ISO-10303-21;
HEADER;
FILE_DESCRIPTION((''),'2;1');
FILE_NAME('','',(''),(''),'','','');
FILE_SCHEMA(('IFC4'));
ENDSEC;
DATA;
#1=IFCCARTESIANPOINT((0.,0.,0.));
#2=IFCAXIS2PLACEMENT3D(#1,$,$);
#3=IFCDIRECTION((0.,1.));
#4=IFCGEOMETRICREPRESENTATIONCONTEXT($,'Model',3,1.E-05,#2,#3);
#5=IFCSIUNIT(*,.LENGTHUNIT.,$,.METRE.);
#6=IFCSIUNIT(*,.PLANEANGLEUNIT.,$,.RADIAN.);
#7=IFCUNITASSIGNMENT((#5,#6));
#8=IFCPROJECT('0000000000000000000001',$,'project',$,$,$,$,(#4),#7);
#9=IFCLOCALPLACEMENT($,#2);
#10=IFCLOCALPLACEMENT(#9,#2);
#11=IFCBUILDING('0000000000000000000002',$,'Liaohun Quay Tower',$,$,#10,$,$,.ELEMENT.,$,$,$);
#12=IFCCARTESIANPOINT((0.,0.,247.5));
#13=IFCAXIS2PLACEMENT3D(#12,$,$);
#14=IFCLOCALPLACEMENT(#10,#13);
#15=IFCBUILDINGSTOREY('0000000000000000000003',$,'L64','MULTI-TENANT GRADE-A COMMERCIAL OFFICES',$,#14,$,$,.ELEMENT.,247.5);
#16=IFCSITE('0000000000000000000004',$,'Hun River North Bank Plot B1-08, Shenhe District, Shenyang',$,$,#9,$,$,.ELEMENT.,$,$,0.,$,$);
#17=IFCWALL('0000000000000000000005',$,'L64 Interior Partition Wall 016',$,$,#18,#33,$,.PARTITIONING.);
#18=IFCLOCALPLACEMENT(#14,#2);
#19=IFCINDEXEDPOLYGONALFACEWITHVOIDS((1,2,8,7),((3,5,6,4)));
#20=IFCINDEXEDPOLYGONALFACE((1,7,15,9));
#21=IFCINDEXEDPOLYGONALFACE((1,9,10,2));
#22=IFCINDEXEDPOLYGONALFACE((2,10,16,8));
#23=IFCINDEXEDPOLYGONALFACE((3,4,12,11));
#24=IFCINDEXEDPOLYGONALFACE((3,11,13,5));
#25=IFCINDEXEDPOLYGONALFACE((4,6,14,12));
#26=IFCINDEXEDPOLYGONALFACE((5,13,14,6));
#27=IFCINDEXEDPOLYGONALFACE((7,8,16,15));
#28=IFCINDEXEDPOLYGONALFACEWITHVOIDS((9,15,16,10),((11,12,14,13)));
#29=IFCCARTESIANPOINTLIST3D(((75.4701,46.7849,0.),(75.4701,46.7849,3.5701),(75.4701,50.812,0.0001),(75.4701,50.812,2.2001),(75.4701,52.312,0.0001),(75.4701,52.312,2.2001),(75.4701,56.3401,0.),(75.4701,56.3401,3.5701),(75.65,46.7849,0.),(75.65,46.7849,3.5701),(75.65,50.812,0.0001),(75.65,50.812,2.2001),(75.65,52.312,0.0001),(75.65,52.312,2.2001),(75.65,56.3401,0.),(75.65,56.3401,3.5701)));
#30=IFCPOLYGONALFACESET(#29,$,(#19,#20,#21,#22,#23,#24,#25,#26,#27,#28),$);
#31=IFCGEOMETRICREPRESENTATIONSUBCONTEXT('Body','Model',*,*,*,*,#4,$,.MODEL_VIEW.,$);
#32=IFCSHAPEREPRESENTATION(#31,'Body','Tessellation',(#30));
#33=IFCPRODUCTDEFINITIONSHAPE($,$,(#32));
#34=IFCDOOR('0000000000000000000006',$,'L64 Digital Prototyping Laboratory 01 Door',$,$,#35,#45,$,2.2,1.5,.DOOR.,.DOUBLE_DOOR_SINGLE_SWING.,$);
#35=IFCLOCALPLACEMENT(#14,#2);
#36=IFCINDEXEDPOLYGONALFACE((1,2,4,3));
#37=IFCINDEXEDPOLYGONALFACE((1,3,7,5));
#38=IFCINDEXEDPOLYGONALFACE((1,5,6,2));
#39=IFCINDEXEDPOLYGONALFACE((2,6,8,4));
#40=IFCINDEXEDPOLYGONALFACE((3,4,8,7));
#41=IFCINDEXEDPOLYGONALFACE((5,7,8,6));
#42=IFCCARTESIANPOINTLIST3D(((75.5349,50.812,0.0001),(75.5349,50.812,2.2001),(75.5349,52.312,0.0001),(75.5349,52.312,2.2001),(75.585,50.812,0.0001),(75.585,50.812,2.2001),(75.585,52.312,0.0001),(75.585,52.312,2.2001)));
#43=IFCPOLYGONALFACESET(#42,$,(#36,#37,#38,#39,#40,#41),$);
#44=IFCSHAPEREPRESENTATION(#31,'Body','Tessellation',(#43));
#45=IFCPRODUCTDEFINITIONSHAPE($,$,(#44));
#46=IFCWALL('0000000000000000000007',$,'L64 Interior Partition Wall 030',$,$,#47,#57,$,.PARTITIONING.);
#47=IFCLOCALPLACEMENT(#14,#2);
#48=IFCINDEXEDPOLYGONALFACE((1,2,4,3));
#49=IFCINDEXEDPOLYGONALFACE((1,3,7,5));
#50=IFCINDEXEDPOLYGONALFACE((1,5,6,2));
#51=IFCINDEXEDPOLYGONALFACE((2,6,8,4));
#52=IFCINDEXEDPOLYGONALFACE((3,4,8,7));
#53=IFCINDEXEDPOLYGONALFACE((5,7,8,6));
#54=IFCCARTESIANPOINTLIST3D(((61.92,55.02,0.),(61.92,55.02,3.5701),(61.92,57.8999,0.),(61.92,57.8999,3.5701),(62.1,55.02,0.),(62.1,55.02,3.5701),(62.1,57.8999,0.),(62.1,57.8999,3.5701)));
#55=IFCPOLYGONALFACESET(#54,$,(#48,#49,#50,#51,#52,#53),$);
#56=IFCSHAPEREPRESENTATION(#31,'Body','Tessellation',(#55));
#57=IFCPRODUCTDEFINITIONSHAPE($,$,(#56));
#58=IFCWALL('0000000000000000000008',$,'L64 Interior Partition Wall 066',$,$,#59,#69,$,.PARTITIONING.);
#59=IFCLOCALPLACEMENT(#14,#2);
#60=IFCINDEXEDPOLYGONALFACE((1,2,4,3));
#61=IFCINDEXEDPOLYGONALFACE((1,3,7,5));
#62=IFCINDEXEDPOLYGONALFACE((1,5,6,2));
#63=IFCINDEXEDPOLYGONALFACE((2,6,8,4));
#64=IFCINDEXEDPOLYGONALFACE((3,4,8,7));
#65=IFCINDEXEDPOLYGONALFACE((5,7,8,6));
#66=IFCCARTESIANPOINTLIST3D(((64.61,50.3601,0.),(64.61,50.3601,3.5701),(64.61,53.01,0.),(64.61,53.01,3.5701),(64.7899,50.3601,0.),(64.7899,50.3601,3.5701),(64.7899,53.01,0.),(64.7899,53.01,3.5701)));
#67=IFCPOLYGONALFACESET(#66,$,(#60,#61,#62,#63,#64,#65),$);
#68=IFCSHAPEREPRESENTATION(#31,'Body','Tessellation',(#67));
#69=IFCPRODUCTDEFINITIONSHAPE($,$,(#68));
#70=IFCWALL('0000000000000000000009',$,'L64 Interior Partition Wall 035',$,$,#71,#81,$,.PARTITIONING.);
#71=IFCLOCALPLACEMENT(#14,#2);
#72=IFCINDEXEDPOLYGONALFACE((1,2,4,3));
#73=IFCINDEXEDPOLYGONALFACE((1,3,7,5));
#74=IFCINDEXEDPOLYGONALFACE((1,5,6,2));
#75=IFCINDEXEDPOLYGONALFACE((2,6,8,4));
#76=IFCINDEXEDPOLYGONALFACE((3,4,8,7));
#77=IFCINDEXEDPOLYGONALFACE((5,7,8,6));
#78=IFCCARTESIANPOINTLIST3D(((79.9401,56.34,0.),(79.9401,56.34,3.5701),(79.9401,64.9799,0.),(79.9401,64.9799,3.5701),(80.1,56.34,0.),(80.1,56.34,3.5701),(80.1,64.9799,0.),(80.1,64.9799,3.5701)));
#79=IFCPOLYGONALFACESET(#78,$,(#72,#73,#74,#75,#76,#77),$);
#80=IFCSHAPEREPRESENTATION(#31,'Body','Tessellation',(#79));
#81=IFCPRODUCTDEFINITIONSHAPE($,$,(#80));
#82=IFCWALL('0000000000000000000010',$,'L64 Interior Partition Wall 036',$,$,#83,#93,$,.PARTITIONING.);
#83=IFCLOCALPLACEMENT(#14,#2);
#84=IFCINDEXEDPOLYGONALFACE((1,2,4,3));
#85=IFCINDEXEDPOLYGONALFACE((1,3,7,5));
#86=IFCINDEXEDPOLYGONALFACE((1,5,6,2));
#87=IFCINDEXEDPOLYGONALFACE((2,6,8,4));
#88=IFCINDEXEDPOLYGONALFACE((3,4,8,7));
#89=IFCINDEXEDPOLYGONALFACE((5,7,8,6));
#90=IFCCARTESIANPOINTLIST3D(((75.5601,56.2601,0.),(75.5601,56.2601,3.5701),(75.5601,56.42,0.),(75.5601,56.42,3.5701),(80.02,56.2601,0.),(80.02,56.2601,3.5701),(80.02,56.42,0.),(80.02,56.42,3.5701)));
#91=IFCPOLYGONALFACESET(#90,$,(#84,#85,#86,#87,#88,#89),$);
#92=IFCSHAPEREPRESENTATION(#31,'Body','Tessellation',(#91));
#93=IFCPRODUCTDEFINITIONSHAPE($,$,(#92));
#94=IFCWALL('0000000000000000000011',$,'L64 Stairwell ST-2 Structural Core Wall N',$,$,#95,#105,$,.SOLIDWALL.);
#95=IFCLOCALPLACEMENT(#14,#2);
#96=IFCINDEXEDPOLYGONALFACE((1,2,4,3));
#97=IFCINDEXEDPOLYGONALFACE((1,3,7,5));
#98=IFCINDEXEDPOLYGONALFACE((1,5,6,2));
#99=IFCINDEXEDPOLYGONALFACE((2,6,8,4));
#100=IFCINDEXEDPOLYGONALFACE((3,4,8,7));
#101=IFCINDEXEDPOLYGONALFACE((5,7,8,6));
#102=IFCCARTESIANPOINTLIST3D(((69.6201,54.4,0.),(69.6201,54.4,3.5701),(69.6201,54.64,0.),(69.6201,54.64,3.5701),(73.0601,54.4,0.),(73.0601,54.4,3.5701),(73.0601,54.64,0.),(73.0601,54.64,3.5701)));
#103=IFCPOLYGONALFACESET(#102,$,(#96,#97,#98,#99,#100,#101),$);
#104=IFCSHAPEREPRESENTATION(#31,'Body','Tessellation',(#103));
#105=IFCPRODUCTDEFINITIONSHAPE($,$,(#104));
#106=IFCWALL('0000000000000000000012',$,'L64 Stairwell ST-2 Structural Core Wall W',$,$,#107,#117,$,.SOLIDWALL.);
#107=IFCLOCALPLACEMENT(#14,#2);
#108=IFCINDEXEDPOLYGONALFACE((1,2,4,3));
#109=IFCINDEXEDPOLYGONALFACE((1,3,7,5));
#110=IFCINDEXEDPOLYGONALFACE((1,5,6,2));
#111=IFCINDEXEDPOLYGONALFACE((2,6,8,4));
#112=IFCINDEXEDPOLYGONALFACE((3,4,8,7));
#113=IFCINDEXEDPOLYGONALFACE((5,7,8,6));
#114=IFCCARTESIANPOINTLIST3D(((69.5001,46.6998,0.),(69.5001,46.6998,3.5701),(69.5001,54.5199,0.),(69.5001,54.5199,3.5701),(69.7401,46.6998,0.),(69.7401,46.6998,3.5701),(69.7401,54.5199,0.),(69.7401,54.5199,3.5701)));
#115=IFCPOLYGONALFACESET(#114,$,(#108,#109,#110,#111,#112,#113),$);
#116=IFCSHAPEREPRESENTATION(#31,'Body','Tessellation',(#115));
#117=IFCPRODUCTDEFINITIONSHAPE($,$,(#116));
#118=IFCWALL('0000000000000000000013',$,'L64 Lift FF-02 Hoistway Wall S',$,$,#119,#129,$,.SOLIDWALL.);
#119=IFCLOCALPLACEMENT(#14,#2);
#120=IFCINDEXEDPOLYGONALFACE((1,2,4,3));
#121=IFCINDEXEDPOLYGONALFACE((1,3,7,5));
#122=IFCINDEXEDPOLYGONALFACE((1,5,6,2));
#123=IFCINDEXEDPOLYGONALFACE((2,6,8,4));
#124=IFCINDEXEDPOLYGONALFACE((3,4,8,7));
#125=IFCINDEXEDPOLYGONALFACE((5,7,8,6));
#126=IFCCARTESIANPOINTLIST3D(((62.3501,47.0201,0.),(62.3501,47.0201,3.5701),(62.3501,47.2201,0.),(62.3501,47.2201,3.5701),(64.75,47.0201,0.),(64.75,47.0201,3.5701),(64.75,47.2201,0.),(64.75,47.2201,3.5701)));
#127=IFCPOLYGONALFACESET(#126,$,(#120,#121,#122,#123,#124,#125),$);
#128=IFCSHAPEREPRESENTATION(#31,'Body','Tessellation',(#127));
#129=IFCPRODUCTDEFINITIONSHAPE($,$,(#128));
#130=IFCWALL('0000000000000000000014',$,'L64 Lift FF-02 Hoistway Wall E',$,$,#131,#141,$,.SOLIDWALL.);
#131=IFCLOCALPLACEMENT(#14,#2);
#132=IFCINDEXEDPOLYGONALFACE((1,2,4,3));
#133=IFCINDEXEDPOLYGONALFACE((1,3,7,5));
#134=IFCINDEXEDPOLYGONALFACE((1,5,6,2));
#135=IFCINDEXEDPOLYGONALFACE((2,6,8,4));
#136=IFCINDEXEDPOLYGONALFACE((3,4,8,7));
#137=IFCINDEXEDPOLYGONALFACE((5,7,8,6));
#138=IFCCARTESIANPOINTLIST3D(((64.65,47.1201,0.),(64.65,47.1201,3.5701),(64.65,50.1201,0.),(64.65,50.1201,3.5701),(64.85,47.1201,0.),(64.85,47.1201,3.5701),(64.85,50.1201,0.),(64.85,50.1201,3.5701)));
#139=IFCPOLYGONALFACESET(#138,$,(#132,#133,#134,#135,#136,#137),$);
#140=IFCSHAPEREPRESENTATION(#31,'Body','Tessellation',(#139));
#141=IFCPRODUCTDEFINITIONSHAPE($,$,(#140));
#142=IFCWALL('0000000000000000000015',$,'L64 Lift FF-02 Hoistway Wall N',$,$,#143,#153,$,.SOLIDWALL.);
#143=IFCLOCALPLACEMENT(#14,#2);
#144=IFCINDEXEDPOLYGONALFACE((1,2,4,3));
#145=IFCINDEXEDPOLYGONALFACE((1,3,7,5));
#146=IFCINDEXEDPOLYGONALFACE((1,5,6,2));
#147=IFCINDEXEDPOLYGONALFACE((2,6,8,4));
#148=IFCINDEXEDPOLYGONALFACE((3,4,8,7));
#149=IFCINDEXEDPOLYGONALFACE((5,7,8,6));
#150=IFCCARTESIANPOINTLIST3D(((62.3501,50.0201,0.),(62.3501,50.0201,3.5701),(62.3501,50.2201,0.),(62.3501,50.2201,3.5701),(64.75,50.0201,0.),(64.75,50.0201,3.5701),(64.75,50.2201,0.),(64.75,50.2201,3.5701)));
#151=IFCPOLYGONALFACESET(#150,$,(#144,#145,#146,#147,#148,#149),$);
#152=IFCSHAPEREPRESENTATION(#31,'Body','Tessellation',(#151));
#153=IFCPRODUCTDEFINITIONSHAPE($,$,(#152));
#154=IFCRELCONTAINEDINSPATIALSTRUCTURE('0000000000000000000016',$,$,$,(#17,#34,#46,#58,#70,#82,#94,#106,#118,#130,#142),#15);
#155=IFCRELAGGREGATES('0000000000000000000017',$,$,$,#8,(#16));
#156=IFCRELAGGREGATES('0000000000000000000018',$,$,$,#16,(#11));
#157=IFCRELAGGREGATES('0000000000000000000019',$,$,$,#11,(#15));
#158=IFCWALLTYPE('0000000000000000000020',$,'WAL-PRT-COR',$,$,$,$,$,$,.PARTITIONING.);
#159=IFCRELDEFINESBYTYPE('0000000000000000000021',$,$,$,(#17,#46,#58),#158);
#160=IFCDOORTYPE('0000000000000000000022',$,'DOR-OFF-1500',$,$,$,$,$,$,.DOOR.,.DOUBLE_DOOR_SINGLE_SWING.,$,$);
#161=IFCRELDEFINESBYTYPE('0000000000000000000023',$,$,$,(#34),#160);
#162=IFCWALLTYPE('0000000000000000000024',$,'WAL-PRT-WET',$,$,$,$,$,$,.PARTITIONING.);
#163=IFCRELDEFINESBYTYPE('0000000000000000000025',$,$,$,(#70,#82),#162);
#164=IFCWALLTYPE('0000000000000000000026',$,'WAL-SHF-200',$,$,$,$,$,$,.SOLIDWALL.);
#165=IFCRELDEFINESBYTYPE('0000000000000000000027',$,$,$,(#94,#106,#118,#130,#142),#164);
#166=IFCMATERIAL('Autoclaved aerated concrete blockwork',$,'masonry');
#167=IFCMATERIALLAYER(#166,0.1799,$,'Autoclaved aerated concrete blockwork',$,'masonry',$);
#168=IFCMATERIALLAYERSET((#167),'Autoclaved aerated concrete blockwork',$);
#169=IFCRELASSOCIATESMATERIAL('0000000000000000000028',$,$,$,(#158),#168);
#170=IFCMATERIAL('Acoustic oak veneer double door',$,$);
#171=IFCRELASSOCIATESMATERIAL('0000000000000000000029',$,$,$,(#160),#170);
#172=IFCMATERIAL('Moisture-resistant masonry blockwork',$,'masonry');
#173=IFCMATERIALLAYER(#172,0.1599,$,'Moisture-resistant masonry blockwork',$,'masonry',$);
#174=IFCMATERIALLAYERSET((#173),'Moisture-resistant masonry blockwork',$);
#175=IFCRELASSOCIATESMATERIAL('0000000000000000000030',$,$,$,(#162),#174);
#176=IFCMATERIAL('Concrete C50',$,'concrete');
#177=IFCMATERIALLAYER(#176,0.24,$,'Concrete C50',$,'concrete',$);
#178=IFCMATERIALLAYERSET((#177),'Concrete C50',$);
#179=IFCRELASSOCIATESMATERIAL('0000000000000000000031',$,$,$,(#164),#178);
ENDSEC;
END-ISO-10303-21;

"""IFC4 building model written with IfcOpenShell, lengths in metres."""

from ifc_helpers import new_model, si_unit, direction, frame, frame_2d, origin, place, context, subcontext, project, spatial, rectangle, extrude, source, transform, mapped, material, layer, layer_set, type_object, element, fill, save


model = new_model("IFC4")

# Units and contexts
model_context = context("Model", 3, precision=1e-05, world=origin(), true_north=direction((0.0, 1.0)))
body_context = subcontext(model_context, "Body", "Model", "MODEL_VIEW")
ifc_project = project(units=[si_unit("LENGTHUNIT", "METRE"), si_unit("PLANEANGLEUNIT", "RADIAN")], contexts=[model_context])

# Site, building, storey
site_placement = place(None, origin())
site = spatial("IfcSite", under=ifc_project, at=site_placement, Name="Hun River North Bank Plot B1-08, Shenhe District, Shenyang", CompositionType="ELEMENT", RefElevation=0.0)
building_placement = place(site_placement, origin())
building = spatial("IfcBuilding", under=site, at=building_placement, Name="Liaohun Quay Tower", CompositionType="ELEMENT")
storey_placement = place(building_placement, frame((0.0, 0.0, 247.5)))
storey = spatial("IfcBuildingStorey", under=building, at=storey_placement, Name="L64", Description="MULTI-TENANT GRADE-A COMMERCIAL OFFICES", CompositionType="ELEMENT", Elevation=247.5)

# Wall, opening, door
ifc_material_1 = material(Name="Autoclaved aerated concrete blockwork", Category="masonry")
ifc_layer_1 = layer(ifc_material_1, 0.1799, Name="Autoclaved aerated concrete blockwork", Category="masonry")
ifc_layer_set_1 = layer_set([ifc_layer_1], Name="Autoclaved aerated concrete blockwork")
wall_type_1 = type_object("IfcWallType", Name="WAL-PRT-COR", PredefinedType="PARTITIONING", material=ifc_layer_set_1)
wall_1_placement = place(storey_placement, frame((75.5601, 56.3401, 0.0), z_axis=(0.0, 0.0, 1.0), x_axis=(0.0, -1.0, 0.0)))
wall_1 = element("IfcWall", 1, at=wall_1_placement, inside=storey, type_object=wall_type_1, Name="L64 Interior Partition Wall 016", PredefinedType="PARTITIONING", context=body_context, shape_type="SweptSolid", body=[
    extrude(rectangle(XDim=9.5552, YDim=0.1799, at=frame_2d((4.7776, 0.0))), origin(), (0.0, 0.0, 1.0), 3.5701),
])
shared_shape_1 = source(origin(), body_context, "Body", "SweptSolid", [
    extrude(rectangle(XDim=1.5, YDim=2.2, at=frame_2d((0.75, 1.1001))), frame((0.0, 0.0999, 0.0), z_axis=(0.0, -1.0, 0.0), x_axis=(1.0, 0.0, 0.0)), (0.0, 0.0, 1.0), 0.2),
])
opening_1_placement = place(wall_1_placement, frame((4.0281, 0.0, 0.0)))
opening_1 = element("IfcOpeningElement", 2, at=opening_1_placement, cuts=wall_1, PredefinedType="OPENING", context=body_context, shape_type="MappedRepresentation", body=[
    mapped(shared_shape_1, transform((0.0, 0.0, 0.0), x_axis=(1.0, 0.0, 0.0), y_axis=(0.0, 1.0, 0.0), z_axis=(0.0, 0.0, 1.0), scale=1.0)),
])
ifc_material_2 = material(Name="Acoustic oak veneer double door")
door_type_1 = type_object("IfcDoorType", Name="DOR-OFF-1500", OperationType="DOUBLE_DOOR_SINGLE_SWING", PredefinedType="DOOR", material=ifc_material_2)
shared_shape_2 = source(origin(), body_context, "Body", "SweptSolid", [
    extrude(rectangle(XDim=1.5, YDim=2.2, at=frame_2d((0.75, 1.1001))), frame((0.0, 0.0249, 0.0), z_axis=(0.0, -1.0, 0.0), x_axis=(1.0, 0.0, 0.0)), (0.0, 0.0, 1.0), 0.05),
])
door_1_placement = place(opening_1_placement, origin())
door_1 = element("IfcDoor", 3, at=door_1_placement, inside=storey, type_object=door_type_1, Name="L64 Digital Prototyping Laboratory 01 Door", OperationType="DOUBLE_DOOR_SINGLE_SWING", OverallHeight=2.2, OverallWidth=1.5, PredefinedType="DOOR", context=body_context, shape_type="MappedRepresentation", body=[
    mapped(shared_shape_2, transform((0.0, 0.0, 0.0), x_axis=(1.0, 0.0, 0.0), y_axis=(0.0, 1.0, 0.0), z_axis=(0.0, 0.0, 1.0), scale=1.0)),
])
fill(opening_1, door_1)

# Walls
wall_2_placement = place(storey_placement, frame((62.01, 55.02, 0.0), z_axis=(0.0, 0.0, 1.0), x_axis=(0.0, 1.0, 0.0)))
element("IfcWall", 4, at=wall_2_placement, inside=storey, type_object=wall_type_1, Name="L64 Interior Partition Wall 030", PredefinedType="PARTITIONING", context=body_context, shape_type="SweptSolid", body=[
    extrude(rectangle(XDim=2.8799, YDim=0.1799, at=frame_2d((1.4399, 0.0))), origin(), (0.0, 0.0, 1.0), 3.5701),
])
wall_3_placement = place(storey_placement, frame((64.7, 50.3601, 0.0), z_axis=(0.0, 0.0, 1.0), x_axis=(0.0, 1.0, 0.0)))
element("IfcWall", 5, at=wall_3_placement, inside=storey, type_object=wall_type_1, Name="L64 Interior Partition Wall 066", PredefinedType="PARTITIONING", context=body_context, shape_type="SweptSolid", body=[
    extrude(rectangle(XDim=2.6499, YDim=0.1799, at=frame_2d((1.325, 0.0))), origin(), (0.0, 0.0, 1.0), 3.5701),
])

# Shared definitions
ifc_material_3 = material(Name="Moisture-resistant masonry blockwork", Category="masonry")
ifc_layer_2 = layer(ifc_material_3, 0.1599, Name="Moisture-resistant masonry blockwork", Category="masonry")
ifc_layer_set_2 = layer_set([ifc_layer_2], Name="Moisture-resistant masonry blockwork")
wall_type_2 = type_object("IfcWallType", Name="WAL-PRT-WET", PredefinedType="PARTITIONING", material=ifc_layer_set_2)

# Walls
wall_4_placement = place(storey_placement, frame((80.02, 56.3401, 0.0), z_axis=(0.0, 0.0, 1.0), x_axis=(0.0, 1.0, 0.0)))
element("IfcWall", 6, at=wall_4_placement, inside=storey, type_object=wall_type_2, Name="L64 Interior Partition Wall 035", PredefinedType="PARTITIONING", context=body_context, shape_type="SweptSolid", body=[
    extrude(rectangle(XDim=8.6399, YDim=0.1599, at=frame_2d((4.3198, 0.0))), origin(), (0.0, 0.0, 1.0), 3.5701),
])
wall_5_placement = place(storey_placement, frame((75.5601, 56.3401, 0.0), z_axis=(0.0, 0.0, 1.0), x_axis=(1.0, 0.0, 0.0)))
element("IfcWall", 7, at=wall_5_placement, inside=storey, type_object=wall_type_2, Name="L64 Interior Partition Wall 036", PredefinedType="PARTITIONING", context=body_context, shape_type="SweptSolid", body=[
    extrude(rectangle(XDim=4.46, YDim=0.1599, at=frame_2d((2.23, 0.0))), origin(), (0.0, 0.0, 1.0), 3.5701),
])
ifc_material_4 = material(Name="Concrete C50", Category="concrete")
ifc_layer_3 = layer(ifc_material_4, 0.24, Name="Concrete C50", Category="concrete")
ifc_layer_set_3 = layer_set([ifc_layer_3], Name="Concrete C50")
wall_type_3 = type_object("IfcWallType", Name="WAL-SHF-200", PredefinedType="SOLIDWALL", material=ifc_layer_set_3)
wall_6_placement = place(storey_placement, frame((73.0601, 54.52, 0.0), z_axis=(0.0, 0.0, 1.0), x_axis=(-1.0, 0.0, 0.0)))
element("IfcWall", 8, at=wall_6_placement, inside=storey, type_object=wall_type_3, Name="L64 Stairwell ST-2 Structural Core Wall N", PredefinedType="SOLIDWALL", context=body_context, shape_type="SweptSolid", body=[
    extrude(rectangle(XDim=3.4399, YDim=0.24, at=frame_2d((1.72, 0.0))), origin(), (0.0, 0.0, 1.0), 3.5701),
])
wall_7_placement = place(storey_placement, frame((69.6201, 54.52, 0.0), z_axis=(0.0, 0.0, 1.0), x_axis=(0.0, -1.0, 0.0)))
element("IfcWall", 9, at=wall_7_placement, inside=storey, type_object=wall_type_3, Name="L64 Stairwell ST-2 Structural Core Wall W", PredefinedType="SOLIDWALL", context=body_context, shape_type="SweptSolid", body=[
    extrude(rectangle(XDim=7.8201, YDim=0.24, at=frame_2d((3.9102, 0.0))), origin(), (0.0, 0.0, 1.0), 3.5701),
])
wall_8_placement = place(storey_placement, frame((62.3501, 47.1201, 0.0), z_axis=(0.0, 0.0, 1.0), x_axis=(1.0, 0.0, 0.0)))
element("IfcWall", 10, at=wall_8_placement, inside=storey, type_object=wall_type_3, Name="L64 Lift FF-02 Hoistway Wall S", PredefinedType="SOLIDWALL", context=body_context, shape_type="SweptSolid", body=[
    extrude(rectangle(XDim=2.3999, YDim=0.2, at=frame_2d((1.2, 0.0))), origin(), (0.0, 0.0, 1.0), 3.5701),
])
wall_9_placement = place(storey_placement, frame((64.75, 47.1201, 0.0), z_axis=(0.0, 0.0, 1.0), x_axis=(0.0, 1.0, 0.0)))
element("IfcWall", 11, at=wall_9_placement, inside=storey, type_object=wall_type_3, Name="L64 Lift FF-02 Hoistway Wall E", PredefinedType="SOLIDWALL", context=body_context, shape_type="SweptSolid", body=[
    extrude(rectangle(XDim=3.0, YDim=0.2, at=frame_2d((1.5, 0.0))), origin(), (0.0, 0.0, 1.0), 3.5701),
])
wall_10_placement = place(storey_placement, frame((64.75, 50.1201, 0.0), z_axis=(0.0, 0.0, 1.0), x_axis=(-1.0, 0.0, 0.0)))
element("IfcWall", 12, at=wall_10_placement, inside=storey, type_object=wall_type_3, Name="L64 Lift FF-02 Hoistway Wall N", PredefinedType="SOLIDWALL", context=body_context, shape_type="SweptSolid", body=[
    extrude(rectangle(XDim=2.3999, YDim=0.2, at=frame_2d((1.2, 0.0))), origin(), (0.0, 0.0, 1.0), 3.5701),
])

save(model, "model.ifc")
